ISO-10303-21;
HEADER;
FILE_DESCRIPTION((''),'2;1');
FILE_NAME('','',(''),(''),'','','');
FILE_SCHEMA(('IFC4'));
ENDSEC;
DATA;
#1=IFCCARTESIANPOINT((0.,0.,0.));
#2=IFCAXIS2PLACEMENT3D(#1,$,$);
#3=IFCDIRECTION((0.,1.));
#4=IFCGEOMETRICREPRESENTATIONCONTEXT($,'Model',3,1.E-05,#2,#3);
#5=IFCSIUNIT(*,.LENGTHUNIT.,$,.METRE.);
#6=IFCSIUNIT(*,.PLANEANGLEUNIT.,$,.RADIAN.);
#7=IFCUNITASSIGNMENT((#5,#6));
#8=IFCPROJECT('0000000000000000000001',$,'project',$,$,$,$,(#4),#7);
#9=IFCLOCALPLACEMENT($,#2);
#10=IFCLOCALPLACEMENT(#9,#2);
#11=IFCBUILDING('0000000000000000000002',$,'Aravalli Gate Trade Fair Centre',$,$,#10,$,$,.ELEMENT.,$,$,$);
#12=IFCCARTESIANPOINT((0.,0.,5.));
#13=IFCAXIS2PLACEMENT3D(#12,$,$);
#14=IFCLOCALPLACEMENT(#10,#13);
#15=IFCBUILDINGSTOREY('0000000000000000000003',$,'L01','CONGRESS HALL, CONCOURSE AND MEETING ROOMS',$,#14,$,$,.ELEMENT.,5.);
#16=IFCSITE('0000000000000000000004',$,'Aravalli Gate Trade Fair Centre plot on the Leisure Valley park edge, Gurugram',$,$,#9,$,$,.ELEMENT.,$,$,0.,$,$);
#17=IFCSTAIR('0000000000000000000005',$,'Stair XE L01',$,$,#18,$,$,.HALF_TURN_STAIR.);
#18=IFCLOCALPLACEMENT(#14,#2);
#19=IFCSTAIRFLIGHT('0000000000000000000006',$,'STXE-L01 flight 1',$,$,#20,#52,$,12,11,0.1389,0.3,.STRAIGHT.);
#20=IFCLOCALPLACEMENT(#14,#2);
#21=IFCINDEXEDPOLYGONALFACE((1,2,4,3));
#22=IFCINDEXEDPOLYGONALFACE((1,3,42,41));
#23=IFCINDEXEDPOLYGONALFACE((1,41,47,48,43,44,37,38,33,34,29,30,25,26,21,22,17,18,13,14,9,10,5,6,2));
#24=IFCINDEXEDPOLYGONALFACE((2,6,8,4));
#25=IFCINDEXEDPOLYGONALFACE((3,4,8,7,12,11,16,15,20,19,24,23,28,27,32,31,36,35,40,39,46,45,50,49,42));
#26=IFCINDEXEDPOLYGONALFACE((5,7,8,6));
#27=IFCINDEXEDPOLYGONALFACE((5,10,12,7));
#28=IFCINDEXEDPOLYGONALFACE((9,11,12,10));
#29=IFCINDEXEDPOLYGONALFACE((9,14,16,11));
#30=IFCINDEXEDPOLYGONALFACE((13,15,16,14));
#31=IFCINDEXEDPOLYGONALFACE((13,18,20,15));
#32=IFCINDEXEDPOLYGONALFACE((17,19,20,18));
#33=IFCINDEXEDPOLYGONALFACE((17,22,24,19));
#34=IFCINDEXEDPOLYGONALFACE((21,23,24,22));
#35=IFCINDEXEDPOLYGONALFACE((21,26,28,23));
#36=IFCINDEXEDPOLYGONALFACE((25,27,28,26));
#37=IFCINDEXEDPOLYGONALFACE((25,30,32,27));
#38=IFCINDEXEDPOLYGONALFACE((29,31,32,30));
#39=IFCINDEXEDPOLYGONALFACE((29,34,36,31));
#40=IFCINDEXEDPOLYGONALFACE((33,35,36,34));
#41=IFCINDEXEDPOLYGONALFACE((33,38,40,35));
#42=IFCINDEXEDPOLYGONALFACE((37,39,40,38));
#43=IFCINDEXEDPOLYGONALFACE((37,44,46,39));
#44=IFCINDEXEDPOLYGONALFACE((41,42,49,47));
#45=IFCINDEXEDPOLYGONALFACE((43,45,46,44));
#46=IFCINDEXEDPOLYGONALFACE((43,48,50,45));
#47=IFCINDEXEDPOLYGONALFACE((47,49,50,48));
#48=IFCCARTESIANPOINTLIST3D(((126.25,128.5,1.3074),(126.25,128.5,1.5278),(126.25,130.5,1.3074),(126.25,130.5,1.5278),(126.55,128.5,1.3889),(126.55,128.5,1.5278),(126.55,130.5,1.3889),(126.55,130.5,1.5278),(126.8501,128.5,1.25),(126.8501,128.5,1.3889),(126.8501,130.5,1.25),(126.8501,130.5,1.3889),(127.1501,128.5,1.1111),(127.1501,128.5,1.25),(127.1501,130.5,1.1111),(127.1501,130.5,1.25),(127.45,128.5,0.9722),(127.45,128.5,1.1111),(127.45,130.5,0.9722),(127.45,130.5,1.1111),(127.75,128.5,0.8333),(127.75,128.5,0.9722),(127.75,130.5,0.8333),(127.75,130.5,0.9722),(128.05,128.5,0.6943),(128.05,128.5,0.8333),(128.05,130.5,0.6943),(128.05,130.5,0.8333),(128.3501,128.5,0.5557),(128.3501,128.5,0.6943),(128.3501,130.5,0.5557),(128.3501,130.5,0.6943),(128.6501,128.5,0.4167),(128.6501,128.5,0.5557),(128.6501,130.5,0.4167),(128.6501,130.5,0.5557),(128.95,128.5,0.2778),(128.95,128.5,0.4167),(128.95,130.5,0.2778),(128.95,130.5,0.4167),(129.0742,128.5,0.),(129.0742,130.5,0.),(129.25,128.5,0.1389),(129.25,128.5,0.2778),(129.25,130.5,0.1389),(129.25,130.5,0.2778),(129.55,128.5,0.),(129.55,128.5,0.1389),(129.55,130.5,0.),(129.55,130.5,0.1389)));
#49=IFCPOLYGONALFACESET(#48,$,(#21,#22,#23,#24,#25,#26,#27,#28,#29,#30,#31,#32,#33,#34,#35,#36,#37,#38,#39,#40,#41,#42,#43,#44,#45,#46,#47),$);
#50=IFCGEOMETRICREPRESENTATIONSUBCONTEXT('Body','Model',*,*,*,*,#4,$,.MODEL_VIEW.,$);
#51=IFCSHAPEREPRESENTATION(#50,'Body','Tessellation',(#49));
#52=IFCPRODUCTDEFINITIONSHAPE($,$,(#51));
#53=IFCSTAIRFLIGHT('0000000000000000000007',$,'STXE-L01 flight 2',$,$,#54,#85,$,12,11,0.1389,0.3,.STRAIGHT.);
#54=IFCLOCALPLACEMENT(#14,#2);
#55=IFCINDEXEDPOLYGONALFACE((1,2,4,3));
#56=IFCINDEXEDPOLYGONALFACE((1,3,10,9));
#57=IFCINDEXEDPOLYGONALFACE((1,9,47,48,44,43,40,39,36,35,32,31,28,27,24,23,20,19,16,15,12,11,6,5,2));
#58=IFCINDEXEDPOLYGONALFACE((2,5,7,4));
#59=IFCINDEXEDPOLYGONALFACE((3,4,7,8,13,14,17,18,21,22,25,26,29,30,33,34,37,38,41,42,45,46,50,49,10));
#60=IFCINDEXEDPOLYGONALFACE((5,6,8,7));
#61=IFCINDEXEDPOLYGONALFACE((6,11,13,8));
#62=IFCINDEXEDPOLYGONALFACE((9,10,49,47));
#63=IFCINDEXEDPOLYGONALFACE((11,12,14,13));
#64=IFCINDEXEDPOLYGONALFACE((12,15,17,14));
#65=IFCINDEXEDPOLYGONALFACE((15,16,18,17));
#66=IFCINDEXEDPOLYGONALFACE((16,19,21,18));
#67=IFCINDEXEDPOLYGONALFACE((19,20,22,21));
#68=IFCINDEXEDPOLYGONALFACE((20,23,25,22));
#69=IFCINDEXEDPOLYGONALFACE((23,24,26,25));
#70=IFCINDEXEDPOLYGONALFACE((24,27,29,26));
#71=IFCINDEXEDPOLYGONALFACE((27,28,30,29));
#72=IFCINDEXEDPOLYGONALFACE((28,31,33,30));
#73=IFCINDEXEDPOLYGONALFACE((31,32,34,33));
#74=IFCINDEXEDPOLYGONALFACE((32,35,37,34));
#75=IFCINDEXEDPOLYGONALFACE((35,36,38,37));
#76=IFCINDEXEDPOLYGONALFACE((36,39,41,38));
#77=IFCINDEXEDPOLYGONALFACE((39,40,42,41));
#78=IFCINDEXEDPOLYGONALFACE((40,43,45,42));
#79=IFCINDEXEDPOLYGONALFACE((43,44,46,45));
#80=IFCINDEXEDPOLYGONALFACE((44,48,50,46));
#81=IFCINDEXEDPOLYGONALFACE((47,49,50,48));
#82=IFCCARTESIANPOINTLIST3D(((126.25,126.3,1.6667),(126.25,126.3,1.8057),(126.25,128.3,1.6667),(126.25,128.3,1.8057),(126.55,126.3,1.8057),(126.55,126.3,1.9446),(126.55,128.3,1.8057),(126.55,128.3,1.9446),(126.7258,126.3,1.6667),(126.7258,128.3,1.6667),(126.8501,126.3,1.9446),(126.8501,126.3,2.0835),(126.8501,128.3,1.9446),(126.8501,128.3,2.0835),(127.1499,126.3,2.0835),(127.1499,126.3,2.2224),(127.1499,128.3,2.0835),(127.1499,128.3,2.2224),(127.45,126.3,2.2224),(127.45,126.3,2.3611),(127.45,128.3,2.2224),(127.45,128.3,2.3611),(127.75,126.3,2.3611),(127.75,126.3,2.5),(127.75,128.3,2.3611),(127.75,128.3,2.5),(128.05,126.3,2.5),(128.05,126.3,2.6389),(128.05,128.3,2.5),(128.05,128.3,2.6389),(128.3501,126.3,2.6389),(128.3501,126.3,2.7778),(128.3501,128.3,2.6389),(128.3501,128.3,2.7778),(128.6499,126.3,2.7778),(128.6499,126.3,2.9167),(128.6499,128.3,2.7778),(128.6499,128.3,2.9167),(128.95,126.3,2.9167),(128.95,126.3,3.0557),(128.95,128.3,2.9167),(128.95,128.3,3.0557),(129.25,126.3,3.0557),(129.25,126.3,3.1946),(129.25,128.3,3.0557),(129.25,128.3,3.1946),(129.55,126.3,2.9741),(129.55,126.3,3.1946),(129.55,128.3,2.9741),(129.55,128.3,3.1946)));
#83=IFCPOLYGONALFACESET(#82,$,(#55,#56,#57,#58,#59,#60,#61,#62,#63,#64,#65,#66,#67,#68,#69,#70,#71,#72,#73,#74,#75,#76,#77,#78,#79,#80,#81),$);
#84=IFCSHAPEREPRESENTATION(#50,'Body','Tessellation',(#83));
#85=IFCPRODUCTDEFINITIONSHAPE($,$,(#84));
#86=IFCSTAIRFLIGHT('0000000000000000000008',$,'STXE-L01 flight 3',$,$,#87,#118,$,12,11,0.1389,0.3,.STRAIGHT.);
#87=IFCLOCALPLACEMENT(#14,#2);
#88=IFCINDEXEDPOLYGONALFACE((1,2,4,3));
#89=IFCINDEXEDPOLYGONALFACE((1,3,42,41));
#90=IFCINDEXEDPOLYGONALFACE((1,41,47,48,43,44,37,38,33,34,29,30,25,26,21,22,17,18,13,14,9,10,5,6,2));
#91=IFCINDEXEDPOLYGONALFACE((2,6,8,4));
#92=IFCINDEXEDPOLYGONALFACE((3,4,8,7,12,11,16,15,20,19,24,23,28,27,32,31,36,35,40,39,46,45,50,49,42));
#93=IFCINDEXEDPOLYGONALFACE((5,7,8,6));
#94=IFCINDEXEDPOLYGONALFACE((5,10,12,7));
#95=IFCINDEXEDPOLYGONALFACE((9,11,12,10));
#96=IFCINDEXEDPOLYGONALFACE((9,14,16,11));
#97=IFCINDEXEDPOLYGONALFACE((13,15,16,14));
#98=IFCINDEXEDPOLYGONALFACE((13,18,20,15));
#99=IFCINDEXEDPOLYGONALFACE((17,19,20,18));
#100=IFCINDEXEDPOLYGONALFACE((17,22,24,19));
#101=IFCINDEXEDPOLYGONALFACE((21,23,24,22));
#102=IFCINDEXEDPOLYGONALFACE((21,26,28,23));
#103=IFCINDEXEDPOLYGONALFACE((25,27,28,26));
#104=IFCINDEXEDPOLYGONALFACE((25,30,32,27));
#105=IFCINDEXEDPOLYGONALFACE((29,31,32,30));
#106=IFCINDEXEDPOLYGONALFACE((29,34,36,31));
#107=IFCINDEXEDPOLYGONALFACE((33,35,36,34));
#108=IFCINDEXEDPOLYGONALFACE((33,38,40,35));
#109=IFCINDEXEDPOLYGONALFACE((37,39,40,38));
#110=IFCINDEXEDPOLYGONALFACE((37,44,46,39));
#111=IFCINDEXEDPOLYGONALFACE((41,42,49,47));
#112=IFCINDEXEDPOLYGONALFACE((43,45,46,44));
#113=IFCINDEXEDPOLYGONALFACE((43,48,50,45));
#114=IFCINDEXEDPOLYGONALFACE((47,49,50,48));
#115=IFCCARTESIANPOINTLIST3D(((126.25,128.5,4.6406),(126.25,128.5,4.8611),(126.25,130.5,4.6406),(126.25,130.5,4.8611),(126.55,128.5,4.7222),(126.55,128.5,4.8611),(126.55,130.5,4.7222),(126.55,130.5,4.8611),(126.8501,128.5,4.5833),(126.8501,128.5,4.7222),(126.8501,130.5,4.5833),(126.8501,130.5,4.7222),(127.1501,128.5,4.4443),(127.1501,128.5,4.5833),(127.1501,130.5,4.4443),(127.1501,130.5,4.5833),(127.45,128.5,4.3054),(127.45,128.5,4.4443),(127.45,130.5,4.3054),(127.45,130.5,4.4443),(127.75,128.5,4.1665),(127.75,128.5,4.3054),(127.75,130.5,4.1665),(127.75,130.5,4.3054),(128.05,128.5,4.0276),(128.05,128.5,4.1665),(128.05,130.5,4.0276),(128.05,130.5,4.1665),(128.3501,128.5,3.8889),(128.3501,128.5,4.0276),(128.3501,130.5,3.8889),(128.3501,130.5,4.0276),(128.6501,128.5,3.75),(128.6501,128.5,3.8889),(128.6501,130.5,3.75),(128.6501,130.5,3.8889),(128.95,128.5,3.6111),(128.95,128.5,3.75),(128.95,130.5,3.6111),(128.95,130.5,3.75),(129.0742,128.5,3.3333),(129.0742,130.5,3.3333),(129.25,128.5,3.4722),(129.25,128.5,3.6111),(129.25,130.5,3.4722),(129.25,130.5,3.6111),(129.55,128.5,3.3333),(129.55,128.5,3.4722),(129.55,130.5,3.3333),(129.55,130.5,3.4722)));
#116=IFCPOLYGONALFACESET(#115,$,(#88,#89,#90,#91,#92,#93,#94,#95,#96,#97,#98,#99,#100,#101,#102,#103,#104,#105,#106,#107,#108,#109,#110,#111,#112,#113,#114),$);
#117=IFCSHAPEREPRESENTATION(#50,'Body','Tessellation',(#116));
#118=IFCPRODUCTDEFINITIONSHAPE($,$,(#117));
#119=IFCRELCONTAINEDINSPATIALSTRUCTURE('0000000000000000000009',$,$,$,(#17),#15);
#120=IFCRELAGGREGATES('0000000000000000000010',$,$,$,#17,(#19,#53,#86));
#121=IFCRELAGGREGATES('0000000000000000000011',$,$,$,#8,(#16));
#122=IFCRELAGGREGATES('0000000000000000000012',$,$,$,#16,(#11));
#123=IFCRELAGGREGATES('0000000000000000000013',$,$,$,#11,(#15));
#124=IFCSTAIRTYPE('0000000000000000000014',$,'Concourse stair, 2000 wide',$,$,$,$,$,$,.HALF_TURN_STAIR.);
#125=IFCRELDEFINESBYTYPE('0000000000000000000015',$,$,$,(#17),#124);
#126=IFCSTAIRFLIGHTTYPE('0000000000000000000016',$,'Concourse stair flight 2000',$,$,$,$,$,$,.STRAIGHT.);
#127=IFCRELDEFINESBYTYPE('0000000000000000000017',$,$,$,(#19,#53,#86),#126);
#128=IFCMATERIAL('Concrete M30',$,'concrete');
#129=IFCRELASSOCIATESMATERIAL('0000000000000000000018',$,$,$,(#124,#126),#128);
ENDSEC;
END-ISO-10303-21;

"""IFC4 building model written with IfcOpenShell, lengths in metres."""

from ifc_helpers import new_model, si_unit, direction, frame, origin, place, context, subcontext, project, spatial, polyline, outline, extrude, material, type_object, element, aggregate, save


model = new_model("IFC4")

# Units and contexts
model_context = context("Model", 3, precision=1e-05, world=origin(), true_north=direction((0.0, 1.0)))
body_context = subcontext(model_context, "Body", "Model", "MODEL_VIEW")
ifc_project = project(units=[si_unit("LENGTHUNIT", "METRE"), si_unit("PLANEANGLEUNIT", "RADIAN")], contexts=[model_context])

# Site, building, storey
site_placement = place(None, origin())
site = spatial("IfcSite", under=ifc_project, at=site_placement, Name="Aravalli Gate Trade Fair Centre plot on the Leisure Valley park edge, Gurugram", CompositionType="ELEMENT", RefElevation=0.0)
building_placement = place(site_placement, origin())
building = spatial("IfcBuilding", under=site, at=building_placement, Name="Aravalli Gate Trade Fair Centre", CompositionType="ELEMENT")
storey_placement = place(building_placement, frame((0.0, 0.0, 5.0)))
storey = spatial("IfcBuildingStorey", under=building, at=storey_placement, Name="L01", Description="CONGRESS HALL, CONCOURSE AND MEETING ROOMS", CompositionType="ELEMENT", Elevation=5.0)

# Stair, stair flights
ifc_material_1 = material(Name="Concrete M30", Category="concrete")
stair_type = type_object("IfcStairType", Name="Concourse stair, 2000 wide", PredefinedType="HALF_TURN_STAIR", material=ifc_material_1)
stair_placement = place(storey_placement, origin())
stair = element("IfcStair", 1, at=stair_placement, inside=storey, type_object=stair_type, Name="Stair XE L01", PredefinedType="HALF_TURN_STAIR")
stair_flight_type = type_object("IfcStairFlightType", Name="Concourse stair flight 2000", PredefinedType="STRAIGHT", material=ifc_material_1)
stair_flight_1_placement = place(storey_placement, frame((129.55, 129.5, 0.0), z_axis=(0.0, 0.0, 1.0), x_axis=(-1.0, 0.0, 0.0)))
stair_flight_1 = element("IfcStairFlight", 2, at=stair_flight_1_placement, type_object=stair_flight_type, Name="STXE-L01 flight 1", NumberOfRisers=12, NumberOfTreads=11, PredefinedType="STRAIGHT", RiserHeight=0.1389, TreadLength=0.3, context=body_context, shape_type="SweptSolid", body=[
    extrude(outline(polyline([(0.0, 0.0), (0.0, 0.1389), (0.3, 0.1389), (0.3, 0.2778), (0.6001, 0.2778), (0.6001, 0.4167), (0.8999, 0.4167), (0.8999, 0.5557), (1.2, 0.5557), (1.2, 0.6943), (1.5, 0.6943), (1.5, 0.8333), (1.8, 0.8333), (1.8, 0.9722), (2.1001, 0.9722), (2.1001, 1.1111), (2.3999, 1.1111), (2.3999, 1.25), (2.7, 1.25), (2.7, 1.3889), (3.0, 1.3889), (3.0, 1.5278), (3.3, 1.5278), (3.3, 1.6667), (3.3, 1.3074), (0.4758, 0.0), (0.0, 0.0)])), frame((0.0, 1.0, 0.0), z_axis=(0.0, -1.0, 0.0), x_axis=(1.0, 0.0, 0.0)), (0.0, 0.0, 1.0), 2.0),
])
stair_flight_2_placement = place(storey_placement, frame((126.25, 127.3, 1.6667), z_axis=(0.0, 0.0, 1.0), x_axis=(1.0, 0.0, 0.0)))
stair_flight_2 = element("IfcStairFlight", 3, at=stair_flight_2_placement, type_object=stair_flight_type, Name="STXE-L01 flight 2", NumberOfRisers=12, NumberOfTreads=11, PredefinedType="STRAIGHT", RiserHeight=0.1389, TreadLength=0.3, context=body_context, shape_type="SweptSolid", body=[
    extrude(outline(polyline([(0.0, 0.0), (0.0, 0.1389), (0.3, 0.1389), (0.3, 0.2778), (0.6001, 0.2778), (0.6001, 0.4167), (0.8999, 0.4167), (0.8999, 0.5557), (1.2, 0.5557), (1.2, 0.6943), (1.5, 0.6943), (1.5, 0.8333), (1.8, 0.8333), (1.8, 0.9722), (2.1001, 0.9722), (2.1001, 1.1111), (2.3999, 1.1111), (2.3999, 1.25), (2.7, 1.25), (2.7, 1.3889), (3.0, 1.3889), (3.0, 1.5278), (3.3, 1.5278), (3.3, 1.6667), (3.3, 1.3074), (0.4758, 0.0), (0.0, 0.0)])), frame((0.0, 1.0, 0.0), z_axis=(0.0, -1.0, 0.0), x_axis=(1.0, 0.0, 0.0)), (0.0, 0.0, 1.0), 2.0),
])
stair_flight_3_placement = place(storey_placement, frame((129.55, 129.5, 3.3333), z_axis=(0.0, 0.0, 1.0), x_axis=(-1.0, 0.0, 0.0)))
stair_flight_3 = element("IfcStairFlight", 4, at=stair_flight_3_placement, type_object=stair_flight_type, Name="STXE-L01 flight 3", NumberOfRisers=12, NumberOfTreads=11, PredefinedType="STRAIGHT", RiserHeight=0.1389, TreadLength=0.3, context=body_context, shape_type="SweptSolid", body=[
    extrude(outline(polyline([(0.0, 0.0), (0.0, 0.1389), (0.3, 0.1389), (0.3, 0.2778), (0.6001, 0.2778), (0.6001, 0.4167), (0.8999, 0.4167), (0.8999, 0.5557), (1.2, 0.5557), (1.2, 0.6943), (1.5, 0.6943), (1.5, 0.8333), (1.8, 0.8333), (1.8, 0.9722), (2.1001, 0.9722), (2.1001, 1.1111), (2.3999, 1.1111), (2.3999, 1.25), (2.7, 1.25), (2.7, 1.3889), (3.0, 1.3889), (3.0, 1.5278), (3.3, 1.5278), (3.3, 1.6667), (3.3, 1.3074), (0.4758, 0.0), (0.0, 0.0)])), frame((0.0, 1.0, 0.0), z_axis=(0.0, -1.0, 0.0), x_axis=(1.0, 0.0, 0.0)), (0.0, 0.0, 1.0), 2.0),
])
aggregate(stair, [stair_flight_1, stair_flight_2, stair_flight_3])

save(model, "model.ifc")
